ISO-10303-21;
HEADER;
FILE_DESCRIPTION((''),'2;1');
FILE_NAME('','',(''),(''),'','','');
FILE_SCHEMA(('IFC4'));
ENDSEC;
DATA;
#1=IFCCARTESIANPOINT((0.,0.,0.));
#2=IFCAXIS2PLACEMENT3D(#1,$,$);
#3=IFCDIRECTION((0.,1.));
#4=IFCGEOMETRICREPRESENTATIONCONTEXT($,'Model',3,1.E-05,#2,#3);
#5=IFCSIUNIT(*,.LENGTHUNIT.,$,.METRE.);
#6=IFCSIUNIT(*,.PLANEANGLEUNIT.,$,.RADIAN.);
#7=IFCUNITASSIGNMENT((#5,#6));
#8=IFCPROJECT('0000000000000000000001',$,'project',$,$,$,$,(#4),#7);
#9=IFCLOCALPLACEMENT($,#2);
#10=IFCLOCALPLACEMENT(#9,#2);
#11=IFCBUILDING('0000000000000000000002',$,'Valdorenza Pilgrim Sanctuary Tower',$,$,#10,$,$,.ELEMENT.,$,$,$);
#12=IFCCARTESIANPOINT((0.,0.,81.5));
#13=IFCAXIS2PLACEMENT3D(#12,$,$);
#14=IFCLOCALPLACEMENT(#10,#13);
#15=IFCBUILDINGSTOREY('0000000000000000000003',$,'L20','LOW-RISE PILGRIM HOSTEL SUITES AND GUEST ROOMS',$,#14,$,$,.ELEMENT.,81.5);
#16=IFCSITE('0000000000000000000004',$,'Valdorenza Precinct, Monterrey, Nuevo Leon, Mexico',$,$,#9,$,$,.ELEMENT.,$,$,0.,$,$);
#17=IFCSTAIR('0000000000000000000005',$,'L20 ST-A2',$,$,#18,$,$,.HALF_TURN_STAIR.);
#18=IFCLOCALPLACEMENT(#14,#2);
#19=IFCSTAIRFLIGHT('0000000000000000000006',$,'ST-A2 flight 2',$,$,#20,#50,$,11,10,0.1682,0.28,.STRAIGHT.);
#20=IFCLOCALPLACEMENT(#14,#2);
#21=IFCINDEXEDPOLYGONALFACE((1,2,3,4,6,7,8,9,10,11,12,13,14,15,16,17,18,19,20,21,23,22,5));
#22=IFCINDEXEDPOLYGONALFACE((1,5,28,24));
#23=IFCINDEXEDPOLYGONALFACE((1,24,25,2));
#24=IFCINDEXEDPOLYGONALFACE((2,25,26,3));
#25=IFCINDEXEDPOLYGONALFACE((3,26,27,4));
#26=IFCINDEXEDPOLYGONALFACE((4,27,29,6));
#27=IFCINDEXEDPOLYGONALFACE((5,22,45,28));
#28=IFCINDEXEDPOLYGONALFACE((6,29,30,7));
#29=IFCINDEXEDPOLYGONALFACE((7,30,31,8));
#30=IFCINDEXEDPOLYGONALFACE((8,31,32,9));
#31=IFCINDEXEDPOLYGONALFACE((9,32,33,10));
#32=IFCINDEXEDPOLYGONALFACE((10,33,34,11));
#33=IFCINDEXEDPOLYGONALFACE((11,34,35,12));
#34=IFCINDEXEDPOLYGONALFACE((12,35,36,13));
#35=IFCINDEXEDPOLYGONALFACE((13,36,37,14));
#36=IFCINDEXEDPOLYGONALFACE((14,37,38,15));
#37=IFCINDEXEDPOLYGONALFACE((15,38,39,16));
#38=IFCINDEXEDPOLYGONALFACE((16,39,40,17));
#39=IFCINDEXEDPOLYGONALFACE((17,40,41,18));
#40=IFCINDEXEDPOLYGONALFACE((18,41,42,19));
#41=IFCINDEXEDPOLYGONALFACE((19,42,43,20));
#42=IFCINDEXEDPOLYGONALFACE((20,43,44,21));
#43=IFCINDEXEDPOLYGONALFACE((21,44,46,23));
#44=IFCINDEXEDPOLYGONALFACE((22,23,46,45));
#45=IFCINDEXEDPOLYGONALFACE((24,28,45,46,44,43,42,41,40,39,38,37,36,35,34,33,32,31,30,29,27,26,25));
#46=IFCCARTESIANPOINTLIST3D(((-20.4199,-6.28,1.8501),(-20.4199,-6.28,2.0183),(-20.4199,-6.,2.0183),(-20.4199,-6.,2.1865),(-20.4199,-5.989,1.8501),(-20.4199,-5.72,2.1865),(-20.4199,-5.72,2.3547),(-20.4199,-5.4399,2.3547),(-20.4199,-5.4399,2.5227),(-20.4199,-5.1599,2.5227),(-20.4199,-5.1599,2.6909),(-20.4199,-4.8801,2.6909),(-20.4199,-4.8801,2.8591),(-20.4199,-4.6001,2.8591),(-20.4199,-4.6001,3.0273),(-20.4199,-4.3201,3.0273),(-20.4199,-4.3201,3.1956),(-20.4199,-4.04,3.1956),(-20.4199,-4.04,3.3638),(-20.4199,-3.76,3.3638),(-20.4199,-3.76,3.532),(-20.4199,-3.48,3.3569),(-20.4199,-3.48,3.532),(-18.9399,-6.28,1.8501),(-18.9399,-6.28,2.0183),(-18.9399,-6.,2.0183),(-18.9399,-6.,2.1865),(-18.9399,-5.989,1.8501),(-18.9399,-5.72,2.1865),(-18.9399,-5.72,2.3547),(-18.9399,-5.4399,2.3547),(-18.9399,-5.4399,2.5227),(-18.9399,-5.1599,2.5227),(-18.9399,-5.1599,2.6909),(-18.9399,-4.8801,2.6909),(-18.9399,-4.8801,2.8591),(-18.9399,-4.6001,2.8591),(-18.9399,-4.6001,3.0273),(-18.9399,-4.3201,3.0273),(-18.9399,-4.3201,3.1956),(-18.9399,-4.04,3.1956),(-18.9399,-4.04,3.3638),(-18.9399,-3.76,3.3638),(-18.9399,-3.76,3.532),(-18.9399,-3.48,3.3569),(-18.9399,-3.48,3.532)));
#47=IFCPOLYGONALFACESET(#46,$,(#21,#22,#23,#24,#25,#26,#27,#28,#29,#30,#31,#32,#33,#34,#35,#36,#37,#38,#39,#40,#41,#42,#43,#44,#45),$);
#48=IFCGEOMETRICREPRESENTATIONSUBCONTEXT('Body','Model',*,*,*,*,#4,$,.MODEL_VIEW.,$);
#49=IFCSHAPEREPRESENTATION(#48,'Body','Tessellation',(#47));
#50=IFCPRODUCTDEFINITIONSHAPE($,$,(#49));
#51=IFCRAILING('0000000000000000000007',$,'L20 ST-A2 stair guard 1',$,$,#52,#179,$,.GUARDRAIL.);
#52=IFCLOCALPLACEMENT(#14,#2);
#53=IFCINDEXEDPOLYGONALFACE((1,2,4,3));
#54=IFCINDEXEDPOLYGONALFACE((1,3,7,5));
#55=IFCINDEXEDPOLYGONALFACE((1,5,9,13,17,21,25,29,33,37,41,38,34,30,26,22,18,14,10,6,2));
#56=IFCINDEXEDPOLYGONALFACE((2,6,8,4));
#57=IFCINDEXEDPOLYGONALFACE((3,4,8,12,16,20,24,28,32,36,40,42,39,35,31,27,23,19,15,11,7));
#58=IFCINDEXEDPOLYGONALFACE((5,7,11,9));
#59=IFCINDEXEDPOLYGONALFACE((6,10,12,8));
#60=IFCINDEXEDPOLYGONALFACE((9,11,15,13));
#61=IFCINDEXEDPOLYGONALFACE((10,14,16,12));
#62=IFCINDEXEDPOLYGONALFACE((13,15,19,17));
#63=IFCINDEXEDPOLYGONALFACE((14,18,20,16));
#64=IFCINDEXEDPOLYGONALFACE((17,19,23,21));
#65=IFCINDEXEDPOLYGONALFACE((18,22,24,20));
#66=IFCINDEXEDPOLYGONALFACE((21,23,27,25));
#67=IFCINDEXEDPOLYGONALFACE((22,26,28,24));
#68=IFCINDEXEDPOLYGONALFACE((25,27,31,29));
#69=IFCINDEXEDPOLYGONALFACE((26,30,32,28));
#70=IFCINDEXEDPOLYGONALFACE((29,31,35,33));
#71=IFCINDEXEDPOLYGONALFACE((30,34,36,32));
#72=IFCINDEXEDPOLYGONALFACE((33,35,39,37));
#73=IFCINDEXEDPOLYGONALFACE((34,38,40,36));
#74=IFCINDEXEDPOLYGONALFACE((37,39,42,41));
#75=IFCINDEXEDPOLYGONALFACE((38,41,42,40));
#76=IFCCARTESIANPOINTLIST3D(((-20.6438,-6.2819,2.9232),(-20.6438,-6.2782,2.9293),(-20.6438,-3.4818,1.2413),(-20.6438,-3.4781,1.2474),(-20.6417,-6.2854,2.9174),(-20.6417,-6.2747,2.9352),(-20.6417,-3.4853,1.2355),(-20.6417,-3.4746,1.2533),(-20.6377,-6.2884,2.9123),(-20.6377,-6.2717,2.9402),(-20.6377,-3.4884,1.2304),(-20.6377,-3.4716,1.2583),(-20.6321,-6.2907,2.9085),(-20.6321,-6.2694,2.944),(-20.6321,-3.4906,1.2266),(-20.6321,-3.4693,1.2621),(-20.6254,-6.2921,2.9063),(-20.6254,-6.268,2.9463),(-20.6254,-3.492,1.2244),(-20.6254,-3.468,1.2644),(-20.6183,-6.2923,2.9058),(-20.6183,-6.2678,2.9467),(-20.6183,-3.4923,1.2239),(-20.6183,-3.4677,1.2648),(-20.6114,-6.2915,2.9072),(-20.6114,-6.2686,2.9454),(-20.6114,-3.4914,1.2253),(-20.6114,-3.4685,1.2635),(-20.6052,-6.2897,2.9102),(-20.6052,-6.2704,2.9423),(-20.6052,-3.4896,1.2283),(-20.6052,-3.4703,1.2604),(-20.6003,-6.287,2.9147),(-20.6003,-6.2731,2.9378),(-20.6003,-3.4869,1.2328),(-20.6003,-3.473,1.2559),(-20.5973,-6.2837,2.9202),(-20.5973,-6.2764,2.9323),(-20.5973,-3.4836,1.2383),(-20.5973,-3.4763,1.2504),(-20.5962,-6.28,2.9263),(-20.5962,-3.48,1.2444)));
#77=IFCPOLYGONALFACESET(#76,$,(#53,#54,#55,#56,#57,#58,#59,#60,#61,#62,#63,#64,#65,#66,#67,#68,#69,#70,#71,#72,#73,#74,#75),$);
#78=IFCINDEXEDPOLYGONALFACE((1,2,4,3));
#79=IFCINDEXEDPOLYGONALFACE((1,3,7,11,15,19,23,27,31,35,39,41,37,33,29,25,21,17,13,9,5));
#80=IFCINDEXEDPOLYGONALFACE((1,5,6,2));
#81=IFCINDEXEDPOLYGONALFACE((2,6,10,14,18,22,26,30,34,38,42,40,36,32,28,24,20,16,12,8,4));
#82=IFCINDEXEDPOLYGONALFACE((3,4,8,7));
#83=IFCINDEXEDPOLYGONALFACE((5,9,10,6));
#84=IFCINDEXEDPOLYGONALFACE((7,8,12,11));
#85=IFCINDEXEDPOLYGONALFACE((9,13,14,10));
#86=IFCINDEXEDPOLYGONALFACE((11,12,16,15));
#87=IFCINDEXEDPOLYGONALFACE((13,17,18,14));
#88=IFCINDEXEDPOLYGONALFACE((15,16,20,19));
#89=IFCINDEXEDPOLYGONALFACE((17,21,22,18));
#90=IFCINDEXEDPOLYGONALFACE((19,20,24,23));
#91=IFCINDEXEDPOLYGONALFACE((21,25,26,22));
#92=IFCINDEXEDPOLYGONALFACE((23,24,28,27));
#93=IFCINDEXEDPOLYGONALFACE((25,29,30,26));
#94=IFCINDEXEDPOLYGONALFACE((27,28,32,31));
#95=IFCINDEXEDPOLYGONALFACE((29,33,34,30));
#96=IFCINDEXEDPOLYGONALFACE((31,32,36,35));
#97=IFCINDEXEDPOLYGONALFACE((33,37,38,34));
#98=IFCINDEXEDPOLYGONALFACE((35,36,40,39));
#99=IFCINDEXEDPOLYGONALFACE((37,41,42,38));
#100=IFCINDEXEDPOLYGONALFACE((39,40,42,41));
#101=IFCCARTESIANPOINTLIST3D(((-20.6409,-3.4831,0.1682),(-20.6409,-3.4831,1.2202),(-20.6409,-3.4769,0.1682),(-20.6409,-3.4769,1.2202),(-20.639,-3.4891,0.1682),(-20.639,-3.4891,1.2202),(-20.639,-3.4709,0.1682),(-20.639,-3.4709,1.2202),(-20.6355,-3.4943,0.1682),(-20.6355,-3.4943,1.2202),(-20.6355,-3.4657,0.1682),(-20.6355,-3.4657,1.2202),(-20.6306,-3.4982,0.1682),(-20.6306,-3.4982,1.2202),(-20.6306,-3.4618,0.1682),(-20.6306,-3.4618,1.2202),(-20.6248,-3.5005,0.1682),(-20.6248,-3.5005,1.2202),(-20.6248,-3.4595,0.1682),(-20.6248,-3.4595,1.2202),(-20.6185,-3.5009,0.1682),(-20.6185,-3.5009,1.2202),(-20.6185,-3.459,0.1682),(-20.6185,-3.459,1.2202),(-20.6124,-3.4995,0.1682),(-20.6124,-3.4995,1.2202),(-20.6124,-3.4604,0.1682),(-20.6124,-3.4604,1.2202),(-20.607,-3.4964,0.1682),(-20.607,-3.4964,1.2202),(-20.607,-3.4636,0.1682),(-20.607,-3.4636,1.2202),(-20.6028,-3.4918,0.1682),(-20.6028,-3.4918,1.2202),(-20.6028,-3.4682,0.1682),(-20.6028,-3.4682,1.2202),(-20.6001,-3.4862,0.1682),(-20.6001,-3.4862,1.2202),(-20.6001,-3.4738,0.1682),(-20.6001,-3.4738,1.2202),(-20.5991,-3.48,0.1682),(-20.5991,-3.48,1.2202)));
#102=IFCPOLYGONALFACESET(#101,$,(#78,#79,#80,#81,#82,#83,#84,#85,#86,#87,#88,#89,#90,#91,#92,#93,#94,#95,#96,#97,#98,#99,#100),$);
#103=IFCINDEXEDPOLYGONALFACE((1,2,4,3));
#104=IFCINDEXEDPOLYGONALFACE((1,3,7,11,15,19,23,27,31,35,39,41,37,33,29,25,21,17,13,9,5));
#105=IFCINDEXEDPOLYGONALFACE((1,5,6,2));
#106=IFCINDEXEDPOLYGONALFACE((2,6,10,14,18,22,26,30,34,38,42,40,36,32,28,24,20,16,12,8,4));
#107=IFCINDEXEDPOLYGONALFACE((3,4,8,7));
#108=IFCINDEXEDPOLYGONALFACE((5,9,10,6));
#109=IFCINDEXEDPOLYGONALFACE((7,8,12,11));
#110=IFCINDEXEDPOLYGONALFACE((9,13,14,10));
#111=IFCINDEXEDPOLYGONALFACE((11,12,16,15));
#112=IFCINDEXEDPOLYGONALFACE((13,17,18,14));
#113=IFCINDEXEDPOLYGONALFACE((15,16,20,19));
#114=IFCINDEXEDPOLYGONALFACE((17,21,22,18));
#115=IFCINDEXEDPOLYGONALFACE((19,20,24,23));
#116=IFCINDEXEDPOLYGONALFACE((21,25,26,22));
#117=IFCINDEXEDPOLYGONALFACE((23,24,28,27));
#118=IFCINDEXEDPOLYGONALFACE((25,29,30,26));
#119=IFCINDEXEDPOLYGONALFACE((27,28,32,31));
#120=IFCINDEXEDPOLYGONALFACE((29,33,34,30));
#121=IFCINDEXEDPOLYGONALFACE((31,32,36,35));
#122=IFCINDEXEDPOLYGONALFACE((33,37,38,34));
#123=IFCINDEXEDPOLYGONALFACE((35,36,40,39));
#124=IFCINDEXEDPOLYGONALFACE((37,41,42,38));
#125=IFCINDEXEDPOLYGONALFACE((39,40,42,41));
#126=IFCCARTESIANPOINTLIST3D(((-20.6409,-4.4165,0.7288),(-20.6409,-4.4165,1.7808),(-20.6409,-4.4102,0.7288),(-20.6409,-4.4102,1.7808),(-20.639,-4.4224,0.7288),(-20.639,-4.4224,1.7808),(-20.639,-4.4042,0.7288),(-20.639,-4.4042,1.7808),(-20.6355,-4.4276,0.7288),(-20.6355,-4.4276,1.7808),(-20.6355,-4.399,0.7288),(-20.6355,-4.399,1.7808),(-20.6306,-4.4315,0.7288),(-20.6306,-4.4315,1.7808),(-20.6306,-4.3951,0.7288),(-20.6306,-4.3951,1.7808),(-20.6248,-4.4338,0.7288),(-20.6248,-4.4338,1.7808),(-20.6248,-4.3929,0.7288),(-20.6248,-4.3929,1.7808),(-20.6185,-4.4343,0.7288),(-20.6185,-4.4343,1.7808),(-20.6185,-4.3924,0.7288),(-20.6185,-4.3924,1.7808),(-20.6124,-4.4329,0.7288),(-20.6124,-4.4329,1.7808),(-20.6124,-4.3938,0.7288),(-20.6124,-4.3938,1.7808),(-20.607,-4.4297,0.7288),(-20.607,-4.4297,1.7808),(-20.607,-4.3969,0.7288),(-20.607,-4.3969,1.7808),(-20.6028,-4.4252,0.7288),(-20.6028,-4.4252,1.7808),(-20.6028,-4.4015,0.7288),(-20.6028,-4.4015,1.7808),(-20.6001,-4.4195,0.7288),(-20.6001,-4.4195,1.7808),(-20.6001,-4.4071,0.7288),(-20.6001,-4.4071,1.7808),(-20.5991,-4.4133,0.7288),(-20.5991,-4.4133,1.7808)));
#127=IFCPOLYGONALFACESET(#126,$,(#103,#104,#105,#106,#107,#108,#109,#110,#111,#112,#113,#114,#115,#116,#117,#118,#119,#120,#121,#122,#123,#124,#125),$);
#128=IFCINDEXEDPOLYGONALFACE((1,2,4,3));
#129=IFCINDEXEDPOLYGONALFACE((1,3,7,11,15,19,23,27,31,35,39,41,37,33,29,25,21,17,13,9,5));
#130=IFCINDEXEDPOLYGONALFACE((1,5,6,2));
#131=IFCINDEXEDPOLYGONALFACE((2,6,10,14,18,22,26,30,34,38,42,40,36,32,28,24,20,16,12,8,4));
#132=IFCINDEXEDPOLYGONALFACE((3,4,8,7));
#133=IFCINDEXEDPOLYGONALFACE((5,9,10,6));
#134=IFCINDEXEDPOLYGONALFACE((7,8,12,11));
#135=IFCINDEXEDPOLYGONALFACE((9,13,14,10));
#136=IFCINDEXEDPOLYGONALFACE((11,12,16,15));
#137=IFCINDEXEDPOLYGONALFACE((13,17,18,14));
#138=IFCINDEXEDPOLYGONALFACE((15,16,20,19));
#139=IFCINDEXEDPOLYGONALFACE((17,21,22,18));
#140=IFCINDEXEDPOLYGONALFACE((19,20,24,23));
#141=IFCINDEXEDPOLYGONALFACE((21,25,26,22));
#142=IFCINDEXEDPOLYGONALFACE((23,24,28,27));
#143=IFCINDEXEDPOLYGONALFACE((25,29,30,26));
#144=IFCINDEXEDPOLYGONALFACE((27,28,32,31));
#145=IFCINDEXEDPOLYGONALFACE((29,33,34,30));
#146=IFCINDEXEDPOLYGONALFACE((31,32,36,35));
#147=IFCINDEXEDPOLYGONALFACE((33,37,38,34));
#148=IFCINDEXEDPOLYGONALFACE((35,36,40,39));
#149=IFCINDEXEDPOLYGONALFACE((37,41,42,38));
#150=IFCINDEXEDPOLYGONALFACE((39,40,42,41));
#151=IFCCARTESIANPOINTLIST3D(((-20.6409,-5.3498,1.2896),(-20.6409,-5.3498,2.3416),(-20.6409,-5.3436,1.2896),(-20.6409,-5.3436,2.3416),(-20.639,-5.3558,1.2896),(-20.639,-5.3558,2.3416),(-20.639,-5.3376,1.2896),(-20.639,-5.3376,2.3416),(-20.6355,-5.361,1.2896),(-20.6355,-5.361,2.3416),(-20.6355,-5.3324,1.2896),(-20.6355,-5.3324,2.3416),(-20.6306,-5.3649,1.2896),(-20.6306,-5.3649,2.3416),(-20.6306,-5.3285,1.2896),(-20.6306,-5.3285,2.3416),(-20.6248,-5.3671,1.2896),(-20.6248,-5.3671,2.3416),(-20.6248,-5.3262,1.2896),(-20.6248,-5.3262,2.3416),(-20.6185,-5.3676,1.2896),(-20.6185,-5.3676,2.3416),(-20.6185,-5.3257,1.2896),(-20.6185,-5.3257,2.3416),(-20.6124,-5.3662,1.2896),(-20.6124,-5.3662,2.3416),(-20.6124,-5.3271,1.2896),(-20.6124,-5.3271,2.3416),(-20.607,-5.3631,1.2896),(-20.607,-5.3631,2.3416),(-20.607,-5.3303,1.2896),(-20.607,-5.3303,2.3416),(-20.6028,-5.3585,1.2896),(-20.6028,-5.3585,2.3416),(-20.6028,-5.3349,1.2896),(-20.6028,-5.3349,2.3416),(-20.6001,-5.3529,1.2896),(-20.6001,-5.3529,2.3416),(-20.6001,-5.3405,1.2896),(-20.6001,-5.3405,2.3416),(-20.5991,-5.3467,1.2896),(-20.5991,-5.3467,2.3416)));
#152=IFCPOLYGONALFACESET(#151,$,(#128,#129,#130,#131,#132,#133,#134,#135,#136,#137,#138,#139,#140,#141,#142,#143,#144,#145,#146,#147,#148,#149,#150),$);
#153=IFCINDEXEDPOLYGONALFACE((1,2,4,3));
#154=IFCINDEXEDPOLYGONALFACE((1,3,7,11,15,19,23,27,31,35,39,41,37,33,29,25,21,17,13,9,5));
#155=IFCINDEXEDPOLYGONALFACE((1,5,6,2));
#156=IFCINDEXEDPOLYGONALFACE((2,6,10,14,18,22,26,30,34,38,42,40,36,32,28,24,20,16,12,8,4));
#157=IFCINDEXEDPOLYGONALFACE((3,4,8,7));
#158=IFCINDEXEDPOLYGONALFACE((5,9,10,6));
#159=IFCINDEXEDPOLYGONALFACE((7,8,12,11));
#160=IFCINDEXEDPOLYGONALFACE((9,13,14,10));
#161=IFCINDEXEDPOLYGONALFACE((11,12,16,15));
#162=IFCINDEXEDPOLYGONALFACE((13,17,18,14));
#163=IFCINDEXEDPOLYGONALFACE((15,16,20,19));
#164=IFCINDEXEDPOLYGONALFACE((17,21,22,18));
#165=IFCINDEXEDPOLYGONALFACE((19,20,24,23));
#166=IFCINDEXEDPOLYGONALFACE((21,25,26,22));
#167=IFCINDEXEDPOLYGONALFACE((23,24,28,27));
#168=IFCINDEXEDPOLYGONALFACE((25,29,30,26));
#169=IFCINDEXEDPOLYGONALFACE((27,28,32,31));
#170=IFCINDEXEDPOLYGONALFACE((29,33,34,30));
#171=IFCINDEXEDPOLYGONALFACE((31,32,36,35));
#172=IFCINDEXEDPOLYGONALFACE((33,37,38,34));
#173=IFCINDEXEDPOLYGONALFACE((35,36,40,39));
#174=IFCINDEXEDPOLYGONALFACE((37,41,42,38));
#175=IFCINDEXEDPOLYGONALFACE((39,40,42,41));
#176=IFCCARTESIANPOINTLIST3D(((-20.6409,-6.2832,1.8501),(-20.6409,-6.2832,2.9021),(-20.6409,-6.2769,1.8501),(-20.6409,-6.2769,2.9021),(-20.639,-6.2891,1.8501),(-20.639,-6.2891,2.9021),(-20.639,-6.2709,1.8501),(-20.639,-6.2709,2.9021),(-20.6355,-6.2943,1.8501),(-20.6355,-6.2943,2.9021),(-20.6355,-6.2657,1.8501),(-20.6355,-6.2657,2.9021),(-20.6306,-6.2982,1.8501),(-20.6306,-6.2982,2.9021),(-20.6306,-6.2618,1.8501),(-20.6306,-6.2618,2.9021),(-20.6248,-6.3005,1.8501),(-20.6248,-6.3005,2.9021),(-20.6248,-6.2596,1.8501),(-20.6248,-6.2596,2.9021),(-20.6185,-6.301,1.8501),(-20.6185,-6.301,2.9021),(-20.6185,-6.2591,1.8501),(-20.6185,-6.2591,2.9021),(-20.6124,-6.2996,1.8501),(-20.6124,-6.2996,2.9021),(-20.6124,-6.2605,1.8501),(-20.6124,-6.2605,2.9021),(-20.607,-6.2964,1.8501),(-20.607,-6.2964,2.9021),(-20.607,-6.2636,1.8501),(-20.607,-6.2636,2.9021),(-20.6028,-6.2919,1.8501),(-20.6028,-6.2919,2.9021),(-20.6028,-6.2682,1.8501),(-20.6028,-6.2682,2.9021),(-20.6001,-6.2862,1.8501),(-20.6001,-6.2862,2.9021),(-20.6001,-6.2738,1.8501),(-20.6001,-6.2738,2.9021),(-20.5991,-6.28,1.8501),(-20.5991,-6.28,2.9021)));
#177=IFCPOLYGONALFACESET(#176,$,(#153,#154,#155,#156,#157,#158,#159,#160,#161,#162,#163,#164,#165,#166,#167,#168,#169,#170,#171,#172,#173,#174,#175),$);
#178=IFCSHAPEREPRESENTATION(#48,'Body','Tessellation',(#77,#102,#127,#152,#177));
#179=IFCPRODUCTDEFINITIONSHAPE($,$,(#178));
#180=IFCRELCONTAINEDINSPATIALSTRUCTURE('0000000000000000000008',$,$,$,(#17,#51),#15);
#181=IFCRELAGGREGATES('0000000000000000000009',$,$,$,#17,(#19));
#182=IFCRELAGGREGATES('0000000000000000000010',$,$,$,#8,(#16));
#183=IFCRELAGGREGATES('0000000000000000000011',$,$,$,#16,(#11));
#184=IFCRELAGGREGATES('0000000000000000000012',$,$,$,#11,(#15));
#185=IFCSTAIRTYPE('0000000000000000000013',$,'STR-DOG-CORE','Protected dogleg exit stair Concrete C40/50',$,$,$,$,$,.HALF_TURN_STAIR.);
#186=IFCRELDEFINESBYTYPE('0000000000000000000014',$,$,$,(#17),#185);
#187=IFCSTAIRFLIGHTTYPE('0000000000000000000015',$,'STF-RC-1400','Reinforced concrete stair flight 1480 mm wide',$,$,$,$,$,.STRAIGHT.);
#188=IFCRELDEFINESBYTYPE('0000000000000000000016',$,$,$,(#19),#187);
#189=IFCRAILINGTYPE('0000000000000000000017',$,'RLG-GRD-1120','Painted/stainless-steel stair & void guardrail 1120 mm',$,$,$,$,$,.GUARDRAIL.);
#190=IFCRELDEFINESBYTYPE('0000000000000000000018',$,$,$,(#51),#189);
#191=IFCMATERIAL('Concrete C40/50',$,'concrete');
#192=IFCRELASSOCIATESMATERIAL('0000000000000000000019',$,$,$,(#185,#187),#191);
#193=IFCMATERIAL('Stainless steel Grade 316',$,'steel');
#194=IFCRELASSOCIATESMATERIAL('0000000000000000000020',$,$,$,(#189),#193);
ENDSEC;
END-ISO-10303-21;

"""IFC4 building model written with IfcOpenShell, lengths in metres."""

from ifc_helpers import new_model, si_unit, direction, frame, origin, origin_2d, place, context, subcontext, project, spatial, polyline, circle, outline, extrude, material, type_object, element, aggregate, save


model = new_model("IFC4")

# Units and contexts
model_context = context("Model", 3, precision=1e-05, world=origin(), true_north=direction((0.0, 1.0)))
body_context = subcontext(model_context, "Body", "Model", "MODEL_VIEW")
ifc_project = project(units=[si_unit("LENGTHUNIT", "METRE"), si_unit("PLANEANGLEUNIT", "RADIAN")], contexts=[model_context])

# Site, building, storey
site_placement = place(None, origin())
site = spatial("IfcSite", under=ifc_project, at=site_placement, Name="Valdorenza Precinct, Monterrey, Nuevo Leon, Mexico", CompositionType="ELEMENT", RefElevation=0.0)
building_placement = place(site_placement, origin())
building = spatial("IfcBuilding", under=site, at=building_placement, Name="Valdorenza Pilgrim Sanctuary Tower", CompositionType="ELEMENT")
storey_placement = place(building_placement, frame((0.0, 0.0, 81.5)))
storey = spatial("IfcBuildingStorey", under=building, at=storey_placement, Name="L20", Description="LOW-RISE PILGRIM HOSTEL SUITES AND GUEST ROOMS", CompositionType="ELEMENT", Elevation=81.5)

# Shared definitions
ifc_material_1 = material(Name="Concrete C40/50", Category="concrete")

# Stair, stair flight
stair_type = type_object("IfcStairType", Name="STR-DOG-CORE", Description="Protected dogleg exit stair Concrete C40/50", PredefinedType="HALF_TURN_STAIR", material=ifc_material_1)
stair_placement = place(storey_placement, origin())
stair = element("IfcStair", 1, at=stair_placement, inside=storey, type_object=stair_type, Name="L20 ST-A2", PredefinedType="HALF_TURN_STAIR")
stair_flight_type = type_object("IfcStairFlightType", Name="STF-RC-1400", Description="Reinforced concrete stair flight 1480 mm wide", PredefinedType="STRAIGHT", material=ifc_material_1)
stair_flight_1_placement = place(storey_placement, frame((-19.6799, -6.28, 1.8501), z_axis=(0.0, 0.0, 1.0), x_axis=(0.0, 1.0, 0.0)))
stair_flight_1 = element("IfcStairFlight", 2, at=stair_flight_1_placement, type_object=stair_flight_type, Name="ST-A2 flight 2", NumberOfRisers=11, NumberOfTreads=10, PredefinedType="STRAIGHT", RiserHeight=0.1682, TreadLength=0.28, context=body_context, shape_type="SweptSolid", body=[
    extrude(outline(polyline([(0.0, 0.0), (0.0, 0.1682), (0.28, 0.1682), (0.28, 0.3364), (0.5601, 0.3364), (0.5601, 0.5046), (0.8401, 0.5046), (0.8401, 0.6726), (1.1201, 0.6726), (1.1201, 0.8408), (1.3999, 0.8408), (1.3999, 1.009), (1.6799, 1.009), (1.6799, 1.1772), (1.96, 1.1772), (1.96, 1.3455), (2.24, 1.3455), (2.24, 1.5137), (2.52, 1.5137), (2.52, 1.6819), (2.8, 1.6819), (2.8, 1.8501), (2.8, 1.5068), (0.291, 0.0), (0.0, 0.0)])), frame((0.0, 0.74, 0.0), z_axis=(0.0, -1.0, 0.0), x_axis=(1.0, 0.0, 0.0)), (0.0, 0.0, 1.0), 1.48),
])
aggregate(stair, [stair_flight_1])

# Railing
ifc_material_2 = material(Name="Stainless steel Grade 316", Category="steel")
railing_type_1 = type_object("IfcRailingType", Name="RLG-GRD-1120", Description="Painted/stainless-steel stair & void guardrail 1120 mm", PredefinedType="GUARDRAIL", material=ifc_material_2)
railing_1_placement = place(storey_placement, frame((-20.6201, -3.48, 0.1682)))
element("IfcRailing", 3, at=railing_1_placement, inside=storey, type_object=railing_type_1, Name="L20 ST-A2 stair guard 1", PredefinedType="GUARDRAIL", context=body_context, shape_type="SweptSolid", body=[
    extrude(circle(Radius=0.0239, at=origin_2d()), frame((0.0, 0.0, 1.0762), z_axis=(0.0, -0.857242, 0.514913), x_axis=(1.0, 0.0, 0.0)), (0.0, 0.0, 1.0), 3.2664),
    extrude(circle(Radius=0.021, at=origin_2d()), origin(), (0.0, 0.0, 1.0), 1.052),
    extrude(circle(Radius=0.021, at=origin_2d()), frame((0.0, -0.9333, 0.5605)), (0.0, 0.0, 1.0), 1.052),
    extrude(circle(Radius=0.021, at=origin_2d()), frame((0.0, -1.8667, 1.1213)), (0.0, 0.0, 1.0), 1.052),
    extrude(circle(Radius=0.021, at=origin_2d()), frame((0.0, -2.8, 1.6819)), (0.0, 0.0, 1.0), 1.052),
])

save(model, "model.ifc")
